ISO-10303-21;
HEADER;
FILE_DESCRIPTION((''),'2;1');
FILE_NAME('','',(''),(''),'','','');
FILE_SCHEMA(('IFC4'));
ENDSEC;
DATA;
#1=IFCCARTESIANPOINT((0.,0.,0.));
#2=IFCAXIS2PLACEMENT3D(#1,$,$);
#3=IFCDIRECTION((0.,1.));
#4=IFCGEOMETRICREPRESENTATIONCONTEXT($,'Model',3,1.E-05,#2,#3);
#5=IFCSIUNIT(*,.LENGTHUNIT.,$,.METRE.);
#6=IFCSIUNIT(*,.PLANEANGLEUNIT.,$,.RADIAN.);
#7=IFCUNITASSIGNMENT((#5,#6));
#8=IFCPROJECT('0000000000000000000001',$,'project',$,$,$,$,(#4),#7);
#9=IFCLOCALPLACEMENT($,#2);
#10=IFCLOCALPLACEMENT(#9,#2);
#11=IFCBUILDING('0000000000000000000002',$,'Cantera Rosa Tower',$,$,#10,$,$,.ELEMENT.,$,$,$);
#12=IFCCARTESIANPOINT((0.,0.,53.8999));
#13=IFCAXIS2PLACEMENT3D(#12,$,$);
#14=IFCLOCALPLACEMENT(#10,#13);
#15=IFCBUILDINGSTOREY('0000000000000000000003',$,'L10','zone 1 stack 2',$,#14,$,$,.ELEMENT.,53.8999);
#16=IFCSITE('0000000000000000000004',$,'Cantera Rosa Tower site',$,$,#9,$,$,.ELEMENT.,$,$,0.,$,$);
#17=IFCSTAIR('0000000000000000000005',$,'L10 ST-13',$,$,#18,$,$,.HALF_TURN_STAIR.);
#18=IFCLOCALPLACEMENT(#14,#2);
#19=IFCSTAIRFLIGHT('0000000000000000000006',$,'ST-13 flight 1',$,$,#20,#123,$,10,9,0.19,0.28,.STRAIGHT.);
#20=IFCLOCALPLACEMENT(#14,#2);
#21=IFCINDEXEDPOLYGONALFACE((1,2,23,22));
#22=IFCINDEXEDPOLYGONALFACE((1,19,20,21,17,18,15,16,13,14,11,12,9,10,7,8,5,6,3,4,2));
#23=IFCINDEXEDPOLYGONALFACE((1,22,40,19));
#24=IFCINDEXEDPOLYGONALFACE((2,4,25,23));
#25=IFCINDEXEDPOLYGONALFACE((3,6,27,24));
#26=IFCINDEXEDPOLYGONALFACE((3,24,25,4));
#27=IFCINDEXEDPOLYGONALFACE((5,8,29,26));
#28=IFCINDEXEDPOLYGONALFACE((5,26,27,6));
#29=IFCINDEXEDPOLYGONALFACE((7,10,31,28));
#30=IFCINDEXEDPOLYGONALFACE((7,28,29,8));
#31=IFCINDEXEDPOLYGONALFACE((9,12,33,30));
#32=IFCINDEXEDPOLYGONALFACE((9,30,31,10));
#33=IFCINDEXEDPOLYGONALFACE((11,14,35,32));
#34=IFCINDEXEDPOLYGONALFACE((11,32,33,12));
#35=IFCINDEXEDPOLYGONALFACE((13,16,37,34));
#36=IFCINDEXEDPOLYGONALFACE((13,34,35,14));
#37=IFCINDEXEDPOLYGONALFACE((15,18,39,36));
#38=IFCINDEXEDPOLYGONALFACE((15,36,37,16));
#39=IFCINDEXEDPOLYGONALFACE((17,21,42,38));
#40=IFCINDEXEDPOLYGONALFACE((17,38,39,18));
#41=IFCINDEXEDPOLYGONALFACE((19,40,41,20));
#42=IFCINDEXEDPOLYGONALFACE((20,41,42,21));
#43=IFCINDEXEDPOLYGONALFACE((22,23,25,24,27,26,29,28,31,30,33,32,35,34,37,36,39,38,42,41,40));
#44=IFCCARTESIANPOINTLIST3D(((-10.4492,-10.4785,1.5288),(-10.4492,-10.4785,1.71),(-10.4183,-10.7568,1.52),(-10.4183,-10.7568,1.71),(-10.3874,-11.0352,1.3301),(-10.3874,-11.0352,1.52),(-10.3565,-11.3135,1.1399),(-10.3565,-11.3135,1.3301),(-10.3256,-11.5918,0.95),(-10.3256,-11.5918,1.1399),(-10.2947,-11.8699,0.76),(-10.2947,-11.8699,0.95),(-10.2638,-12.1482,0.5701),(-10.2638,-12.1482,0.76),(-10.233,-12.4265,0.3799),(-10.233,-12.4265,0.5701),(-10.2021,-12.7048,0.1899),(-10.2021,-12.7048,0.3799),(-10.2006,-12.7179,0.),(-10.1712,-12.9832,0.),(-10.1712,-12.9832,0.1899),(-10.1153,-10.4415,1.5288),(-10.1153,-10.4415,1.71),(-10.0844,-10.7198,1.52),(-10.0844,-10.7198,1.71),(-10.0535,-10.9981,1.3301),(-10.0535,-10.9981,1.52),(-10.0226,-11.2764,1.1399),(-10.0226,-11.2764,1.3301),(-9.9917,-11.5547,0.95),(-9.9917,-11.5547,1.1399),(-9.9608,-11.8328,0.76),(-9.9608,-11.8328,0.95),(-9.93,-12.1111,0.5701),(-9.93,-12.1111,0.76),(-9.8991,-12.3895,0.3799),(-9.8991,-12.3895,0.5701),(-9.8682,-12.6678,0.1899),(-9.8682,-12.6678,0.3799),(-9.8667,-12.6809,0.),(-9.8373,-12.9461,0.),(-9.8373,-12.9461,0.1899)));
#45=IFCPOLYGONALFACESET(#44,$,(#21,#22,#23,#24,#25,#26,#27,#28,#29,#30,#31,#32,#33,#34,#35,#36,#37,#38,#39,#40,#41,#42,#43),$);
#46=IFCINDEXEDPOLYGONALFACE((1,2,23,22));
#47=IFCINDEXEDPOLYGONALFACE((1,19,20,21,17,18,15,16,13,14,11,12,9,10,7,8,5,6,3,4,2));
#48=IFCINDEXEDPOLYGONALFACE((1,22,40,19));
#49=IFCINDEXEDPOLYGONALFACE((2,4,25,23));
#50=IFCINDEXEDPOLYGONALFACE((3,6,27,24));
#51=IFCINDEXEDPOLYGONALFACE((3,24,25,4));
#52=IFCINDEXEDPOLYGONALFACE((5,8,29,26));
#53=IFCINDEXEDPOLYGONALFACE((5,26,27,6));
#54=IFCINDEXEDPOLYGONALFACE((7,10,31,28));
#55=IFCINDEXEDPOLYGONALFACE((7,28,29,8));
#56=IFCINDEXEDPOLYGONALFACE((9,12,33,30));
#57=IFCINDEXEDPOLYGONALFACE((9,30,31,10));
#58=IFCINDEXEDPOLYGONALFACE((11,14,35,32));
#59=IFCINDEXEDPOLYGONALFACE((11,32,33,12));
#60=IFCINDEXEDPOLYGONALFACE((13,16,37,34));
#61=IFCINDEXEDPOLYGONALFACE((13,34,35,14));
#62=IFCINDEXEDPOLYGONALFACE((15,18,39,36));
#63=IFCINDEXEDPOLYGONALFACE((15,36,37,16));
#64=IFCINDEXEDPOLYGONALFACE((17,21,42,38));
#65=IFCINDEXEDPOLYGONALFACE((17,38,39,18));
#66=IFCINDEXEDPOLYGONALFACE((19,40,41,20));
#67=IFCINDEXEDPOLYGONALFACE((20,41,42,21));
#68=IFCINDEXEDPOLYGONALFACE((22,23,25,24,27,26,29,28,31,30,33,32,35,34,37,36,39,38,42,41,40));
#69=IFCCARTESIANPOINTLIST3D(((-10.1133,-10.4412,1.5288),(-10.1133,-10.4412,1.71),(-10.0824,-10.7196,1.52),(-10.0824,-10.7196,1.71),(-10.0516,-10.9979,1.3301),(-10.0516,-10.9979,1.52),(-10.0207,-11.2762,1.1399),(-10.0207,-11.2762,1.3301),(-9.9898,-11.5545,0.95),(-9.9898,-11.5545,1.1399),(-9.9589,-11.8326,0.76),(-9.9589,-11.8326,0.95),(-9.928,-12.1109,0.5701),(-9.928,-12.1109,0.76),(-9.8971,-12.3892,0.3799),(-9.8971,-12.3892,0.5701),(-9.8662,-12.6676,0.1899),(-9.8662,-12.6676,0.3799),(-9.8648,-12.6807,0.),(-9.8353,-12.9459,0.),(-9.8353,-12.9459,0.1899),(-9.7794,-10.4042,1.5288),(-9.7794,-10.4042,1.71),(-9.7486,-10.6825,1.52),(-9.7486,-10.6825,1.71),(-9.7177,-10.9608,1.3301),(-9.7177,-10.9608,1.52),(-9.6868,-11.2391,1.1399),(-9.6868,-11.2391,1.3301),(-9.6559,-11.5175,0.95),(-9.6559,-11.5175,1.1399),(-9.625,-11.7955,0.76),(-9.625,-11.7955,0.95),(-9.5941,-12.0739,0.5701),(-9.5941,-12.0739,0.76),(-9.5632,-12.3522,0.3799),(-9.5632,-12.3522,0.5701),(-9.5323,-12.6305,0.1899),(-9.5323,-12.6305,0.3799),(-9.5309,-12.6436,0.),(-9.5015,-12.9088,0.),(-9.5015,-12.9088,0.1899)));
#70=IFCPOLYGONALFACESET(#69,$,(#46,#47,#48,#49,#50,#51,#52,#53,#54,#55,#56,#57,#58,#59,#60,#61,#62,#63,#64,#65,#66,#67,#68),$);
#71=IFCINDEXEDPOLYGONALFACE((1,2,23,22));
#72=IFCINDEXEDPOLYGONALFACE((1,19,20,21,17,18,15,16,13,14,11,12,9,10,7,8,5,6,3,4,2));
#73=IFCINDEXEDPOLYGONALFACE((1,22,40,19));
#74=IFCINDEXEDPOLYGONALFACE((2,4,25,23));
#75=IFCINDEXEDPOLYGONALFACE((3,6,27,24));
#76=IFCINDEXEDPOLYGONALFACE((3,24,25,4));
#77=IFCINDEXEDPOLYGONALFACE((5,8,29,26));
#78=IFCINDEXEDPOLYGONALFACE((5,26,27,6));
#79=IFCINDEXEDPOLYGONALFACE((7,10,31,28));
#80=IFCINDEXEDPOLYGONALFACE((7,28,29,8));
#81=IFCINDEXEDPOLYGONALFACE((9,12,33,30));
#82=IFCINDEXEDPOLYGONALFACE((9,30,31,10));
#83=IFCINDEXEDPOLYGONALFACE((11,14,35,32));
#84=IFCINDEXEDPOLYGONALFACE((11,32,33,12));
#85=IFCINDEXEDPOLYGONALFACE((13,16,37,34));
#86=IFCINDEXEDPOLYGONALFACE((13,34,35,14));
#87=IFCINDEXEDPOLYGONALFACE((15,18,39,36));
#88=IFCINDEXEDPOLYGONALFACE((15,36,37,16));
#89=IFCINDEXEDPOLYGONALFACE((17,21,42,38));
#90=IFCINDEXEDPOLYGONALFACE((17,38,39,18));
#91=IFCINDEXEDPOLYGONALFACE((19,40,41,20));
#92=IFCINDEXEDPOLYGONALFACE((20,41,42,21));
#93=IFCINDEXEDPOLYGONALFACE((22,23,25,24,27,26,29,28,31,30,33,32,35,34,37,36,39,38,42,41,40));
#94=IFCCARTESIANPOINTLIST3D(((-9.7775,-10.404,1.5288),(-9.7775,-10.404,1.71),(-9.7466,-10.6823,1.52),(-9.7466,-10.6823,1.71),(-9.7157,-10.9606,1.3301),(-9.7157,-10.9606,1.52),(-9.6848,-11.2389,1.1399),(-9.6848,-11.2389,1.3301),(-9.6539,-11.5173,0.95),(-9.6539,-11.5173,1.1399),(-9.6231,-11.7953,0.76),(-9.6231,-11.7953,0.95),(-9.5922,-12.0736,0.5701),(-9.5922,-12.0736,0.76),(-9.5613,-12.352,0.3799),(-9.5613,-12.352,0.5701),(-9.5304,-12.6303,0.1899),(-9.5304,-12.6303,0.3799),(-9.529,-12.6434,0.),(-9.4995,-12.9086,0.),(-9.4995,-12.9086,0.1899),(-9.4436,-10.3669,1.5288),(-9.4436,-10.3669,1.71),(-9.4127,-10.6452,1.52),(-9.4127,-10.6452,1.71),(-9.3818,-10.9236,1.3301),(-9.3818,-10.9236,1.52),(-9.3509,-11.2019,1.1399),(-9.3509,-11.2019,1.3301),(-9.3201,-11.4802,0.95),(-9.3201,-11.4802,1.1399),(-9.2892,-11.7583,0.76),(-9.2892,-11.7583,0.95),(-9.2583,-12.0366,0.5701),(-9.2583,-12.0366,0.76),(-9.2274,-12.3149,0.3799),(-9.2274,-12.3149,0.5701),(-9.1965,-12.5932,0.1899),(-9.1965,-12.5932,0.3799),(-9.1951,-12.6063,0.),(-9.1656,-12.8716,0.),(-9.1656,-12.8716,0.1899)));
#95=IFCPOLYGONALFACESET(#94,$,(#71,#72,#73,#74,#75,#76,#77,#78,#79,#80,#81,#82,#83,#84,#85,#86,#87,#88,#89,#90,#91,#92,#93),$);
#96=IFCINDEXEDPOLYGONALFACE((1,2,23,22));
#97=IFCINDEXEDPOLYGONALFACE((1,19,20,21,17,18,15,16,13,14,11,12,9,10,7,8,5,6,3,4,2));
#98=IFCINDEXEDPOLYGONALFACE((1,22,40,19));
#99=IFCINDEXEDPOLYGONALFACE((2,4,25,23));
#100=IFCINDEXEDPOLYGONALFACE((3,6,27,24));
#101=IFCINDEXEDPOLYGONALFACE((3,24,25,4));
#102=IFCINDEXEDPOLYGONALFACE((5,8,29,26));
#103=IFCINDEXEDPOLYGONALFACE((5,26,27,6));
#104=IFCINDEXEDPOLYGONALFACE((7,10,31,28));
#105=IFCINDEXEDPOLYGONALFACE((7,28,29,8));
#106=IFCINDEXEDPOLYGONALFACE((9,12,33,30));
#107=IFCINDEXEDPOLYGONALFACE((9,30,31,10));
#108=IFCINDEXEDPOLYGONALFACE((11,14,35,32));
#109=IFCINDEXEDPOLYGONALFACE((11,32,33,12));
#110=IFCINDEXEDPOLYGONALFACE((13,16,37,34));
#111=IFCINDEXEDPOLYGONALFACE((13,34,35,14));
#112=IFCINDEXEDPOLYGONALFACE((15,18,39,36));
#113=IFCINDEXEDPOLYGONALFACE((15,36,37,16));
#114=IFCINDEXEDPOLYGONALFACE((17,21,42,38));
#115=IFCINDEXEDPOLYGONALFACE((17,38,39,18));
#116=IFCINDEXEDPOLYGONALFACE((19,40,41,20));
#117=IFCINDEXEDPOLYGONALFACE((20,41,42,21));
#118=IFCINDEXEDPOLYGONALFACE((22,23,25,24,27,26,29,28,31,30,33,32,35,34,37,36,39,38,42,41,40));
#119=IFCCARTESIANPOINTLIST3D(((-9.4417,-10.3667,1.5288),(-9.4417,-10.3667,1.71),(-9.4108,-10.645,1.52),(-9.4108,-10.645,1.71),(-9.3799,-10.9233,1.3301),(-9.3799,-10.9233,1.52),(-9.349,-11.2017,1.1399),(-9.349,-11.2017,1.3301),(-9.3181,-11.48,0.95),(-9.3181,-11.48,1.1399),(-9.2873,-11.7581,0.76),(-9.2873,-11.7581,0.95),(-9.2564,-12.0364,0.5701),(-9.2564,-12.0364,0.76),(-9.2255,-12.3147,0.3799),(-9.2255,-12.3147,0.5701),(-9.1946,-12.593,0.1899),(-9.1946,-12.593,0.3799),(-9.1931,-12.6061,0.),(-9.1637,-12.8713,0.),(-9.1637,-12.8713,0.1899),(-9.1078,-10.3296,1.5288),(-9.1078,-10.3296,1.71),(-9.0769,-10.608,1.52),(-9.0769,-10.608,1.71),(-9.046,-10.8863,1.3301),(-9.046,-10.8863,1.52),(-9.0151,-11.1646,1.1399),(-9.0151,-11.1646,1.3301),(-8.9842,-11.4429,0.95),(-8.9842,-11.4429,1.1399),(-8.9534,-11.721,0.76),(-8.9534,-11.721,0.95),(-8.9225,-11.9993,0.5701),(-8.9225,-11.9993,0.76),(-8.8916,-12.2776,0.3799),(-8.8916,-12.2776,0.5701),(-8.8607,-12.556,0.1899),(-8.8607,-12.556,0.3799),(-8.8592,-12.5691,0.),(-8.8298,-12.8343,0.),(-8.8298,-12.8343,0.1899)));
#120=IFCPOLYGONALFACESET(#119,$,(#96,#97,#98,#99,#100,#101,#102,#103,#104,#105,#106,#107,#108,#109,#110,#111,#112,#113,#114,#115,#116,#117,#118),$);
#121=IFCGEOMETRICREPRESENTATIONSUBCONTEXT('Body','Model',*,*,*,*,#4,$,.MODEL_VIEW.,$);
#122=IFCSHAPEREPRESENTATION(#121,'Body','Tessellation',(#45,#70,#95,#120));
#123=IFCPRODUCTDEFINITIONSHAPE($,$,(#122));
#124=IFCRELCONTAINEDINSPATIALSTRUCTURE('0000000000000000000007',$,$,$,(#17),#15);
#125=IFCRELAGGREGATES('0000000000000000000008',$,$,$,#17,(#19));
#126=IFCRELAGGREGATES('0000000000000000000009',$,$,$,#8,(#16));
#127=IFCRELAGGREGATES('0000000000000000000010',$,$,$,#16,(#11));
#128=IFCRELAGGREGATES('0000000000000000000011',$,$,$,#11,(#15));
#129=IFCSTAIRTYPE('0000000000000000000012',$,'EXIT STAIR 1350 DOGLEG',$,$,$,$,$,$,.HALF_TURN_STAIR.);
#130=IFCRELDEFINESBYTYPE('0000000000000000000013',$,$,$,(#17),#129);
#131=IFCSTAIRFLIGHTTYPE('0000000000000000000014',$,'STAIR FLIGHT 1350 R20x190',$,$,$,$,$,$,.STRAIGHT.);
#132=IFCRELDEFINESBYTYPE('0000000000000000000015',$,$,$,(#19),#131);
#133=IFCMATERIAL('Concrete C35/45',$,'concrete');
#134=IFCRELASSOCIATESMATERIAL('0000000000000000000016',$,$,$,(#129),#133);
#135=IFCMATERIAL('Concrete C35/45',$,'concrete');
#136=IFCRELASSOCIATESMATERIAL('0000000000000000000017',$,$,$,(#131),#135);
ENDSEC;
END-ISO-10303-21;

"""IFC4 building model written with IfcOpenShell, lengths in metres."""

from ifc_helpers import new_model, si_unit, direction, frame, origin, place, context, subcontext, project, spatial, polyline, outline, extrude, material, type_object, element, aggregate, save


model = new_model("IFC4")

# Units and contexts
model_context = context("Model", 3, precision=1e-05, world=origin(), true_north=direction((0.0, 1.0)))
body_context = subcontext(model_context, "Body", "Model", "MODEL_VIEW")
ifc_project = project(units=[si_unit("LENGTHUNIT", "METRE"), si_unit("PLANEANGLEUNIT", "RADIAN")], contexts=[model_context])

# Site, building, storey
site_placement = place(None, origin())
site = spatial("IfcSite", under=ifc_project, at=site_placement, Name="Cantera Rosa Tower site", CompositionType="ELEMENT", RefElevation=0.0)
building_placement = place(site_placement, origin())
building = spatial("IfcBuilding", under=site, at=building_placement, Name="Cantera Rosa Tower", CompositionType="ELEMENT")
storey_placement = place(building_placement, frame((0.0, 0.0, 53.8999)))
storey = spatial("IfcBuildingStorey", under=building, at=storey_placement, Name="L10", Description="zone 1 stack 2", CompositionType="ELEMENT", Elevation=53.8999)

# Stair, stair flight
ifc_material_1 = material(Name="Concrete C35/45", Category="concrete")
stair_type = type_object("IfcStairType", Name="EXIT STAIR 1350 DOGLEG", PredefinedType="HALF_TURN_STAIR", material=ifc_material_1)
stair_placement = place(storey_placement, origin())
stair = element("IfcStair", 1, at=stair_placement, inside=storey, type_object=stair_type, Name="L10 ST-13", PredefinedType="HALF_TURN_STAIR")
ifc_material_2 = material(Name="Concrete C35/45", Category="concrete")
stair_flight_type = type_object("IfcStairFlightType", Name="STAIR FLIGHT 1350 R20x190", PredefinedType="STRAIGHT", material=ifc_material_2)
stair_flight_1_placement = place(storey_placement, frame((-9.5002, -12.9087, 0.0), z_axis=(0.0, 0.0, 1.0), x_axis=(-0.110313, 0.993897, 0.0)))
stair_flight_1 = element("IfcStairFlight", 2, at=stair_flight_1_placement, type_object=stair_flight_type, Name="ST-13 flight 1", NumberOfRisers=10, NumberOfTreads=9, PredefinedType="STRAIGHT", RiserHeight=0.19, TreadLength=0.28, context=body_context, shape_type="SweptSolid", body=[
    extrude(outline(polyline([(0.0, 0.0), (0.0, 0.1899), (0.28, 0.1899), (0.28, 0.3799), (0.5601, 0.3799), (0.5601, 0.5701), (0.8401, 0.5701), (0.8401, 0.76), (1.1201, 0.76), (1.1201, 0.95), (1.3999, 0.95), (1.3999, 1.1399), (1.6799, 1.1399), (1.6799, 1.3301), (1.96, 1.3301), (1.96, 1.52), (2.24, 1.52), (2.24, 1.71), (2.52, 1.71), (2.52, 1.8999), (2.52, 1.5288), (0.2668, 0.0), (0.0, 0.0)])), frame((0.0, 0.675, 0.0), z_axis=(0.0, -1.0, 0.0), x_axis=(1.0, 0.0, 0.0)), (0.0, 0.0, 1.0), 0.3359),
    extrude(outline(polyline([(0.0, 0.0), (0.0, 0.1899), (0.28, 0.1899), (0.28, 0.3799), (0.5601, 0.3799), (0.5601, 0.5701), (0.8401, 0.5701), (0.8401, 0.76), (1.1201, 0.76), (1.1201, 0.95), (1.3999, 0.95), (1.3999, 1.1399), (1.6799, 1.1399), (1.6799, 1.3301), (1.96, 1.3301), (1.96, 1.52), (2.24, 1.52), (2.24, 1.71), (2.52, 1.71), (2.52, 1.8999), (2.52, 1.5288), (0.2668, 0.0), (0.0, 0.0)])), frame((0.0, 0.3372, 0.0), z_axis=(0.0, -1.0, 0.0), x_axis=(1.0, 0.0, 0.0)), (0.0, 0.0, 1.0), 0.3359),
    extrude(outline(polyline([(0.0, 0.0), (0.0, 0.1899), (0.28, 0.1899), (0.28, 0.3799), (0.5601, 0.3799), (0.5601, 0.5701), (0.8401, 0.5701), (0.8401, 0.76), (1.1201, 0.76), (1.1201, 0.95), (1.3999, 0.95), (1.3999, 1.1399), (1.6799, 1.1399), (1.6799, 1.3301), (1.96, 1.3301), (1.96, 1.52), (2.24, 1.52), (2.24, 1.71), (2.52, 1.71), (2.52, 1.8999), (2.52, 1.5288), (0.2668, 0.0), (0.0, 0.0)])), frame((0.0, -0.0007, 0.0), z_axis=(0.0, -1.0, 0.0), x_axis=(1.0, 0.0, 0.0)), (0.0, 0.0, 1.0), 0.3359),
    extrude(outline(polyline([(0.0, 0.0), (0.0, 0.1899), (0.28, 0.1899), (0.28, 0.3799), (0.5601, 0.3799), (0.5601, 0.5701), (0.8401, 0.5701), (0.8401, 0.76), (1.1201, 0.76), (1.1201, 0.95), (1.3999, 0.95), (1.3999, 1.1399), (1.6799, 1.1399), (1.6799, 1.3301), (1.96, 1.3301), (1.96, 1.52), (2.24, 1.52), (2.24, 1.71), (2.52, 1.71), (2.52, 1.8999), (2.52, 1.5288), (0.2668, 0.0), (0.0, 0.0)])), frame((0.0, -0.3386, 0.0), z_axis=(0.0, -1.0, 0.0), x_axis=(1.0, 0.0, 0.0)), (0.0, 0.0, 1.0), 0.3359),
])
aggregate(stair, [stair_flight_1])

save(model, "model.ifc")
